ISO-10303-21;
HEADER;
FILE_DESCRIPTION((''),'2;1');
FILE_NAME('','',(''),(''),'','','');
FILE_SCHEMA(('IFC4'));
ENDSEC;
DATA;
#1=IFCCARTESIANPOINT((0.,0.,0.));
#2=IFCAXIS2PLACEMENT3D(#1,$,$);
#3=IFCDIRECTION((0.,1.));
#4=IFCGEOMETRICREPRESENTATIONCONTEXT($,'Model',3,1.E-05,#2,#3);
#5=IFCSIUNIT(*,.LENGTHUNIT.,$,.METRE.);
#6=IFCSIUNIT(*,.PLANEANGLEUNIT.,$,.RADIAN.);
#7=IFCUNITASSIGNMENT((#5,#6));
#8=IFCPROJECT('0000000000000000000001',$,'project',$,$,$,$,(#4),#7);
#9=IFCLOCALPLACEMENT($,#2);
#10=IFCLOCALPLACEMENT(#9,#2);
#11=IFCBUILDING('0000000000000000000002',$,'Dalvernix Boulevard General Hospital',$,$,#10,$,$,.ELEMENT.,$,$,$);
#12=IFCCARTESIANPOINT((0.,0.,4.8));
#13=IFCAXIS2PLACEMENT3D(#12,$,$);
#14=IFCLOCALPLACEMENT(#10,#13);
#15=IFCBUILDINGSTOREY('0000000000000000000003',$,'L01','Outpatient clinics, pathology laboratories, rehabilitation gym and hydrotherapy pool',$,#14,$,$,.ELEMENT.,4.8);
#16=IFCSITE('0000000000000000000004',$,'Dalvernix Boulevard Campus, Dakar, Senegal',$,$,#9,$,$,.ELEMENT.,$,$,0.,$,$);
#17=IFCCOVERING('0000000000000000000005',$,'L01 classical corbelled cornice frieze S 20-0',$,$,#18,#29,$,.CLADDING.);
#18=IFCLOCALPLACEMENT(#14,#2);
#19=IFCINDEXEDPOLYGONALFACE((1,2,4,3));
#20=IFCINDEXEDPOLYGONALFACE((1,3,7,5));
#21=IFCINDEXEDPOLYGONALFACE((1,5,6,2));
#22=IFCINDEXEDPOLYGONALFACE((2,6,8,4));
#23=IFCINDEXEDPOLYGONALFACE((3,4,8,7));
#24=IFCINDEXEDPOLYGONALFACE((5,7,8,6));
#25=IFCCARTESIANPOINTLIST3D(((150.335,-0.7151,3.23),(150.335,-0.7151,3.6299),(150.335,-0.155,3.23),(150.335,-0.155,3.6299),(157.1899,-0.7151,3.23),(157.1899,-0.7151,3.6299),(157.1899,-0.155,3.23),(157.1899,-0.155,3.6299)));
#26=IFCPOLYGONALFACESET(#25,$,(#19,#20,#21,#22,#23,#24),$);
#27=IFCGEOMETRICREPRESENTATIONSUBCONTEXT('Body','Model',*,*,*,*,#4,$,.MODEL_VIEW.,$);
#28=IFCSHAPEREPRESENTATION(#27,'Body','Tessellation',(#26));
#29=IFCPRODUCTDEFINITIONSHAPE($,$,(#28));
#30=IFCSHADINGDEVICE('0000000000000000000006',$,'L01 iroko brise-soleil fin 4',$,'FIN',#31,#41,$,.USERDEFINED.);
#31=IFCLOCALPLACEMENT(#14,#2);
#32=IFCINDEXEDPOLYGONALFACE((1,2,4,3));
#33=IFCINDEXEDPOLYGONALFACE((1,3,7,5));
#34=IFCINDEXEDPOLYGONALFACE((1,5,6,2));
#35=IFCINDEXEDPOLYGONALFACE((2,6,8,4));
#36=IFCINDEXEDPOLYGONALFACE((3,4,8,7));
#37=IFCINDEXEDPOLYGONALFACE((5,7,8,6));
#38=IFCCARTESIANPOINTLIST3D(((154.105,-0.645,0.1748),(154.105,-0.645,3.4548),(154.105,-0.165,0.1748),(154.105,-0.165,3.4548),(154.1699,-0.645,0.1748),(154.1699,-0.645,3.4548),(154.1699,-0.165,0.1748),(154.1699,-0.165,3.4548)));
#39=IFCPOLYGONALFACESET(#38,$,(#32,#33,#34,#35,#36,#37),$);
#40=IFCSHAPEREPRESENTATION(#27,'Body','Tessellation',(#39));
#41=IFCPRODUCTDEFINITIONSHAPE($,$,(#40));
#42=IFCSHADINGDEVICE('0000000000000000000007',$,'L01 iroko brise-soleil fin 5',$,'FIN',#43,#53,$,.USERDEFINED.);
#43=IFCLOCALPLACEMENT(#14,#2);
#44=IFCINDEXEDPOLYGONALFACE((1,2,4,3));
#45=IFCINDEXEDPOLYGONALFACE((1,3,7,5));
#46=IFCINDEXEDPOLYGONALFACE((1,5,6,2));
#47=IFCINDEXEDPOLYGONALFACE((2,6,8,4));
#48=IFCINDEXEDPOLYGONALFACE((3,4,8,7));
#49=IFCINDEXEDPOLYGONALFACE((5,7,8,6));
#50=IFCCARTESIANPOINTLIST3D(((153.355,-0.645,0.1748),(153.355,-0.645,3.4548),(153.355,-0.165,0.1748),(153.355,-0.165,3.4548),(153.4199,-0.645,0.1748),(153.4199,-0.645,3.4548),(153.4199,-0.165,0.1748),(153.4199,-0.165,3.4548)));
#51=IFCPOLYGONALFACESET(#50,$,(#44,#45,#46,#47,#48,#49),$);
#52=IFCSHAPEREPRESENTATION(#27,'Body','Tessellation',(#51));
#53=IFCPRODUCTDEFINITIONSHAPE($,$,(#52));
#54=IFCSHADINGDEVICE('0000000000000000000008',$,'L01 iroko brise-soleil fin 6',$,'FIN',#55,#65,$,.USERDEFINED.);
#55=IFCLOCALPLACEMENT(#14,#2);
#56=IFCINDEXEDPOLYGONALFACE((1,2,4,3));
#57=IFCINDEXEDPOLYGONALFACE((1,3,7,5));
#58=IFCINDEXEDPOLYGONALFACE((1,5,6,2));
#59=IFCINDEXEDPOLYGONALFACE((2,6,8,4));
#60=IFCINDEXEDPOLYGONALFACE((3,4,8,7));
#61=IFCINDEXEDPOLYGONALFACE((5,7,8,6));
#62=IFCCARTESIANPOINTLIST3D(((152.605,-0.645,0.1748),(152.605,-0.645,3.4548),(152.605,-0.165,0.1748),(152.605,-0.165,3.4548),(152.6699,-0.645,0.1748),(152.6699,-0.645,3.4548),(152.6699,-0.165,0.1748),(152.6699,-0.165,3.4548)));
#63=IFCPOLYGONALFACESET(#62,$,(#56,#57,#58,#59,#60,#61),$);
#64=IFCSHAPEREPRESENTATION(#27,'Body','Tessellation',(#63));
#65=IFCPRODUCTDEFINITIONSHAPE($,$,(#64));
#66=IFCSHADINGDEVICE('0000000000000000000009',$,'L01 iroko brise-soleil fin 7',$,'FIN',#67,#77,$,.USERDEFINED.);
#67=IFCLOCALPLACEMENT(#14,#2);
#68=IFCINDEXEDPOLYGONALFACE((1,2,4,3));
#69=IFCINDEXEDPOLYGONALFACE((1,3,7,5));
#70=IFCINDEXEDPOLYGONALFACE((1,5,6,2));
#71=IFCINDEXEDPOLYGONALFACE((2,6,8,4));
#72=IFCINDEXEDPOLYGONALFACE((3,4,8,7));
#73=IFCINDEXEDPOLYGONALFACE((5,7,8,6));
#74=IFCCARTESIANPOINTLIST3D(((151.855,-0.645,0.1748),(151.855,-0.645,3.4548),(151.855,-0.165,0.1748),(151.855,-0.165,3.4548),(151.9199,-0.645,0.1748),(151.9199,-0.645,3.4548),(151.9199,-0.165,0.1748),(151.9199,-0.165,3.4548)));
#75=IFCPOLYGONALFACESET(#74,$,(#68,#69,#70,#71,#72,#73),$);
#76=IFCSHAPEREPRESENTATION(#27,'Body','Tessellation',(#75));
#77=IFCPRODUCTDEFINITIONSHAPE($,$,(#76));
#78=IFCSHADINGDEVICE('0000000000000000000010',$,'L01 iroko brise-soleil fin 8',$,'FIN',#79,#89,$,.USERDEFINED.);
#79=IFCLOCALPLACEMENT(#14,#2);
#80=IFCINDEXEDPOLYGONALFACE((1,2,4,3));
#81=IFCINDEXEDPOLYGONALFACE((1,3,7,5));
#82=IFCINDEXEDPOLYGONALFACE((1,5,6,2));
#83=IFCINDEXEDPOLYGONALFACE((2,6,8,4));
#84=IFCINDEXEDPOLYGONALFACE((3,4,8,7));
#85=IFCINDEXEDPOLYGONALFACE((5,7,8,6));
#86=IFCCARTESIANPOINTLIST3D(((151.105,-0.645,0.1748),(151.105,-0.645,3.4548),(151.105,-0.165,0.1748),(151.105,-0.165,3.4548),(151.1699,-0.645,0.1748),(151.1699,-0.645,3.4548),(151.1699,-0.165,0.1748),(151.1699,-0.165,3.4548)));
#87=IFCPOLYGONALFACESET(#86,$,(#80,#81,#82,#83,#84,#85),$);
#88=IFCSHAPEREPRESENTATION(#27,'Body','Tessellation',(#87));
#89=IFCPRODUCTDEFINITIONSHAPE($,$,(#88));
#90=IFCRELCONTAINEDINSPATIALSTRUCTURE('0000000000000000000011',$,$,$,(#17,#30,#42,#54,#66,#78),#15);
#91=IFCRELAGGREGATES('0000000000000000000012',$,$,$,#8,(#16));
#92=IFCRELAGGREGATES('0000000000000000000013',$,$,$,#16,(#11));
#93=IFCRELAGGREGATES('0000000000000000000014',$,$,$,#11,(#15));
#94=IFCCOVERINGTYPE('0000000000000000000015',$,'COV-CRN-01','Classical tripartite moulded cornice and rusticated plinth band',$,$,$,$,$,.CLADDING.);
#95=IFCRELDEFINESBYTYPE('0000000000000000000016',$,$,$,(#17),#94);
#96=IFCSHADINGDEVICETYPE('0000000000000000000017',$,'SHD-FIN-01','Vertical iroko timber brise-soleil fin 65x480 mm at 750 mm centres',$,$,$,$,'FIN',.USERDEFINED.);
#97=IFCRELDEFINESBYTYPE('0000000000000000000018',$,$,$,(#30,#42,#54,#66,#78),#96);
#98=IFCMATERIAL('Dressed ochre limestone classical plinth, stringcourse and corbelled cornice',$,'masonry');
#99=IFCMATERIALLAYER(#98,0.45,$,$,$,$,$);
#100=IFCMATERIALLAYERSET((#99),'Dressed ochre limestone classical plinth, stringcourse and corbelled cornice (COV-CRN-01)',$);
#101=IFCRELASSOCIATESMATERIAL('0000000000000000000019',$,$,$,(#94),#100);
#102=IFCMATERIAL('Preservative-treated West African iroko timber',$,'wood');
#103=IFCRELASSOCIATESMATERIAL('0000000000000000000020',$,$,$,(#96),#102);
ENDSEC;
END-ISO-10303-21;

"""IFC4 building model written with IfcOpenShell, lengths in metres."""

from ifc_helpers import new_model, si_unit, direction, frame, origin, origin_2d, place, context, subcontext, project, spatial, rectangle, extrude, material, layer, layer_set, type_object, element, save


model = new_model("IFC4")

# Units and contexts
model_context = context("Model", 3, precision=1e-05, world=origin(), true_north=direction((0.0, 1.0)))
body_context = subcontext(model_context, "Body", "Model", "MODEL_VIEW")
ifc_project = project(units=[si_unit("LENGTHUNIT", "METRE"), si_unit("PLANEANGLEUNIT", "RADIAN")], contexts=[model_context])

# Site, building, storey
site_placement = place(None, origin())
site = spatial("IfcSite", under=ifc_project, at=site_placement, Name="Dalvernix Boulevard Campus, Dakar, Senegal", CompositionType="ELEMENT", RefElevation=0.0)
building_placement = place(site_placement, origin())
building = spatial("IfcBuilding", under=site, at=building_placement, Name="Dalvernix Boulevard General Hospital", CompositionType="ELEMENT")
storey_placement = place(building_placement, frame((0.0, 0.0, 4.8)))
storey = spatial("IfcBuildingStorey", under=building, at=storey_placement, Name="L01", Description="Outpatient clinics, pathology laboratories, rehabilitation gym and hydrotherapy pool", CompositionType="ELEMENT", Elevation=4.8)

# Covering
ifc_material_1 = material(Name="Dressed ochre limestone classical plinth, stringcourse and corbelled cornice", Category="masonry")
ifc_layer_1 = layer(ifc_material_1, 0.45)
ifc_layer_set_1 = layer_set([ifc_layer_1], Name="Dressed ochre limestone classical plinth, stringcourse and corbelled cornice (COV-CRN-01)")
covering_type_1 = type_object("IfcCoveringType", Name="COV-CRN-01", Description="Classical tripartite moulded cornice and rusticated plinth band", PredefinedType="CLADDING", material=ifc_layer_set_1)
for number, where, z_axis, x_axis, name in (
    (1, (153.7625, -0.4351, 3.23), (0.0, 0.0, 1.0), (-1.0, 0.0, 0.0), "L01 classical corbelled cornice frieze S 20-0"),
):
    element("IfcCovering", number, at=place(storey_placement, frame(where, z_axis=z_axis, x_axis=x_axis)), inside=storey, type_object=covering_type_1, Name=name, PredefinedType="CLADDING", context=body_context, shape_type="SweptSolid", body=[
        extrude(rectangle(XDim=6.855, YDim=0.5601, at=origin_2d()), origin(), (0.0, 0.0, 1.0), 0.3999),
    ])

# Shading devices
ifc_material_2 = material(Name="Preservative-treated West African iroko timber", Category="wood")
shading_device_type = type_object("IfcShadingDeviceType", Name="SHD-FIN-01", Description="Vertical iroko timber brise-soleil fin 65x480 mm at 750 mm centres", ElementType="FIN", PredefinedType="USERDEFINED", material=ifc_material_2)
for number, where, z_axis, x_axis, name in (
    (2, (154.1375, -0.405, 0.1748), (0.0, 0.0, 1.0), (-1.0, 0.0, 0.0), "L01 iroko brise-soleil fin 4"),
    (3, (153.3875, -0.405, 0.1748), (0.0, 0.0, 1.0), (-1.0, 0.0, 0.0), "L01 iroko brise-soleil fin 5"),
    (4, (152.6375, -0.405, 0.1748), (0.0, 0.0, 1.0), (-1.0, 0.0, 0.0), "L01 iroko brise-soleil fin 6"),
    (5, (151.8875, -0.405, 0.1748), (0.0, 0.0, 1.0), (-1.0, 0.0, 0.0), "L01 iroko brise-soleil fin 7"),
    (6, (151.1375, -0.405, 0.1748), (0.0, 0.0, 1.0), (-1.0, 0.0, 0.0), "L01 iroko brise-soleil fin 8"),
):
    element("IfcShadingDevice", number, at=place(storey_placement, frame(where, z_axis=z_axis, x_axis=x_axis)), inside=storey, type_object=shading_device_type, Name=name, ObjectType="FIN", PredefinedType="USERDEFINED", context=body_context, shape_type="SweptSolid", body=[
        extrude(rectangle(XDim=0.0649, YDim=0.48, at=origin_2d()), origin(), (0.0, 0.0, 1.0), 3.28),
    ])

save(model, "model.ifc")
